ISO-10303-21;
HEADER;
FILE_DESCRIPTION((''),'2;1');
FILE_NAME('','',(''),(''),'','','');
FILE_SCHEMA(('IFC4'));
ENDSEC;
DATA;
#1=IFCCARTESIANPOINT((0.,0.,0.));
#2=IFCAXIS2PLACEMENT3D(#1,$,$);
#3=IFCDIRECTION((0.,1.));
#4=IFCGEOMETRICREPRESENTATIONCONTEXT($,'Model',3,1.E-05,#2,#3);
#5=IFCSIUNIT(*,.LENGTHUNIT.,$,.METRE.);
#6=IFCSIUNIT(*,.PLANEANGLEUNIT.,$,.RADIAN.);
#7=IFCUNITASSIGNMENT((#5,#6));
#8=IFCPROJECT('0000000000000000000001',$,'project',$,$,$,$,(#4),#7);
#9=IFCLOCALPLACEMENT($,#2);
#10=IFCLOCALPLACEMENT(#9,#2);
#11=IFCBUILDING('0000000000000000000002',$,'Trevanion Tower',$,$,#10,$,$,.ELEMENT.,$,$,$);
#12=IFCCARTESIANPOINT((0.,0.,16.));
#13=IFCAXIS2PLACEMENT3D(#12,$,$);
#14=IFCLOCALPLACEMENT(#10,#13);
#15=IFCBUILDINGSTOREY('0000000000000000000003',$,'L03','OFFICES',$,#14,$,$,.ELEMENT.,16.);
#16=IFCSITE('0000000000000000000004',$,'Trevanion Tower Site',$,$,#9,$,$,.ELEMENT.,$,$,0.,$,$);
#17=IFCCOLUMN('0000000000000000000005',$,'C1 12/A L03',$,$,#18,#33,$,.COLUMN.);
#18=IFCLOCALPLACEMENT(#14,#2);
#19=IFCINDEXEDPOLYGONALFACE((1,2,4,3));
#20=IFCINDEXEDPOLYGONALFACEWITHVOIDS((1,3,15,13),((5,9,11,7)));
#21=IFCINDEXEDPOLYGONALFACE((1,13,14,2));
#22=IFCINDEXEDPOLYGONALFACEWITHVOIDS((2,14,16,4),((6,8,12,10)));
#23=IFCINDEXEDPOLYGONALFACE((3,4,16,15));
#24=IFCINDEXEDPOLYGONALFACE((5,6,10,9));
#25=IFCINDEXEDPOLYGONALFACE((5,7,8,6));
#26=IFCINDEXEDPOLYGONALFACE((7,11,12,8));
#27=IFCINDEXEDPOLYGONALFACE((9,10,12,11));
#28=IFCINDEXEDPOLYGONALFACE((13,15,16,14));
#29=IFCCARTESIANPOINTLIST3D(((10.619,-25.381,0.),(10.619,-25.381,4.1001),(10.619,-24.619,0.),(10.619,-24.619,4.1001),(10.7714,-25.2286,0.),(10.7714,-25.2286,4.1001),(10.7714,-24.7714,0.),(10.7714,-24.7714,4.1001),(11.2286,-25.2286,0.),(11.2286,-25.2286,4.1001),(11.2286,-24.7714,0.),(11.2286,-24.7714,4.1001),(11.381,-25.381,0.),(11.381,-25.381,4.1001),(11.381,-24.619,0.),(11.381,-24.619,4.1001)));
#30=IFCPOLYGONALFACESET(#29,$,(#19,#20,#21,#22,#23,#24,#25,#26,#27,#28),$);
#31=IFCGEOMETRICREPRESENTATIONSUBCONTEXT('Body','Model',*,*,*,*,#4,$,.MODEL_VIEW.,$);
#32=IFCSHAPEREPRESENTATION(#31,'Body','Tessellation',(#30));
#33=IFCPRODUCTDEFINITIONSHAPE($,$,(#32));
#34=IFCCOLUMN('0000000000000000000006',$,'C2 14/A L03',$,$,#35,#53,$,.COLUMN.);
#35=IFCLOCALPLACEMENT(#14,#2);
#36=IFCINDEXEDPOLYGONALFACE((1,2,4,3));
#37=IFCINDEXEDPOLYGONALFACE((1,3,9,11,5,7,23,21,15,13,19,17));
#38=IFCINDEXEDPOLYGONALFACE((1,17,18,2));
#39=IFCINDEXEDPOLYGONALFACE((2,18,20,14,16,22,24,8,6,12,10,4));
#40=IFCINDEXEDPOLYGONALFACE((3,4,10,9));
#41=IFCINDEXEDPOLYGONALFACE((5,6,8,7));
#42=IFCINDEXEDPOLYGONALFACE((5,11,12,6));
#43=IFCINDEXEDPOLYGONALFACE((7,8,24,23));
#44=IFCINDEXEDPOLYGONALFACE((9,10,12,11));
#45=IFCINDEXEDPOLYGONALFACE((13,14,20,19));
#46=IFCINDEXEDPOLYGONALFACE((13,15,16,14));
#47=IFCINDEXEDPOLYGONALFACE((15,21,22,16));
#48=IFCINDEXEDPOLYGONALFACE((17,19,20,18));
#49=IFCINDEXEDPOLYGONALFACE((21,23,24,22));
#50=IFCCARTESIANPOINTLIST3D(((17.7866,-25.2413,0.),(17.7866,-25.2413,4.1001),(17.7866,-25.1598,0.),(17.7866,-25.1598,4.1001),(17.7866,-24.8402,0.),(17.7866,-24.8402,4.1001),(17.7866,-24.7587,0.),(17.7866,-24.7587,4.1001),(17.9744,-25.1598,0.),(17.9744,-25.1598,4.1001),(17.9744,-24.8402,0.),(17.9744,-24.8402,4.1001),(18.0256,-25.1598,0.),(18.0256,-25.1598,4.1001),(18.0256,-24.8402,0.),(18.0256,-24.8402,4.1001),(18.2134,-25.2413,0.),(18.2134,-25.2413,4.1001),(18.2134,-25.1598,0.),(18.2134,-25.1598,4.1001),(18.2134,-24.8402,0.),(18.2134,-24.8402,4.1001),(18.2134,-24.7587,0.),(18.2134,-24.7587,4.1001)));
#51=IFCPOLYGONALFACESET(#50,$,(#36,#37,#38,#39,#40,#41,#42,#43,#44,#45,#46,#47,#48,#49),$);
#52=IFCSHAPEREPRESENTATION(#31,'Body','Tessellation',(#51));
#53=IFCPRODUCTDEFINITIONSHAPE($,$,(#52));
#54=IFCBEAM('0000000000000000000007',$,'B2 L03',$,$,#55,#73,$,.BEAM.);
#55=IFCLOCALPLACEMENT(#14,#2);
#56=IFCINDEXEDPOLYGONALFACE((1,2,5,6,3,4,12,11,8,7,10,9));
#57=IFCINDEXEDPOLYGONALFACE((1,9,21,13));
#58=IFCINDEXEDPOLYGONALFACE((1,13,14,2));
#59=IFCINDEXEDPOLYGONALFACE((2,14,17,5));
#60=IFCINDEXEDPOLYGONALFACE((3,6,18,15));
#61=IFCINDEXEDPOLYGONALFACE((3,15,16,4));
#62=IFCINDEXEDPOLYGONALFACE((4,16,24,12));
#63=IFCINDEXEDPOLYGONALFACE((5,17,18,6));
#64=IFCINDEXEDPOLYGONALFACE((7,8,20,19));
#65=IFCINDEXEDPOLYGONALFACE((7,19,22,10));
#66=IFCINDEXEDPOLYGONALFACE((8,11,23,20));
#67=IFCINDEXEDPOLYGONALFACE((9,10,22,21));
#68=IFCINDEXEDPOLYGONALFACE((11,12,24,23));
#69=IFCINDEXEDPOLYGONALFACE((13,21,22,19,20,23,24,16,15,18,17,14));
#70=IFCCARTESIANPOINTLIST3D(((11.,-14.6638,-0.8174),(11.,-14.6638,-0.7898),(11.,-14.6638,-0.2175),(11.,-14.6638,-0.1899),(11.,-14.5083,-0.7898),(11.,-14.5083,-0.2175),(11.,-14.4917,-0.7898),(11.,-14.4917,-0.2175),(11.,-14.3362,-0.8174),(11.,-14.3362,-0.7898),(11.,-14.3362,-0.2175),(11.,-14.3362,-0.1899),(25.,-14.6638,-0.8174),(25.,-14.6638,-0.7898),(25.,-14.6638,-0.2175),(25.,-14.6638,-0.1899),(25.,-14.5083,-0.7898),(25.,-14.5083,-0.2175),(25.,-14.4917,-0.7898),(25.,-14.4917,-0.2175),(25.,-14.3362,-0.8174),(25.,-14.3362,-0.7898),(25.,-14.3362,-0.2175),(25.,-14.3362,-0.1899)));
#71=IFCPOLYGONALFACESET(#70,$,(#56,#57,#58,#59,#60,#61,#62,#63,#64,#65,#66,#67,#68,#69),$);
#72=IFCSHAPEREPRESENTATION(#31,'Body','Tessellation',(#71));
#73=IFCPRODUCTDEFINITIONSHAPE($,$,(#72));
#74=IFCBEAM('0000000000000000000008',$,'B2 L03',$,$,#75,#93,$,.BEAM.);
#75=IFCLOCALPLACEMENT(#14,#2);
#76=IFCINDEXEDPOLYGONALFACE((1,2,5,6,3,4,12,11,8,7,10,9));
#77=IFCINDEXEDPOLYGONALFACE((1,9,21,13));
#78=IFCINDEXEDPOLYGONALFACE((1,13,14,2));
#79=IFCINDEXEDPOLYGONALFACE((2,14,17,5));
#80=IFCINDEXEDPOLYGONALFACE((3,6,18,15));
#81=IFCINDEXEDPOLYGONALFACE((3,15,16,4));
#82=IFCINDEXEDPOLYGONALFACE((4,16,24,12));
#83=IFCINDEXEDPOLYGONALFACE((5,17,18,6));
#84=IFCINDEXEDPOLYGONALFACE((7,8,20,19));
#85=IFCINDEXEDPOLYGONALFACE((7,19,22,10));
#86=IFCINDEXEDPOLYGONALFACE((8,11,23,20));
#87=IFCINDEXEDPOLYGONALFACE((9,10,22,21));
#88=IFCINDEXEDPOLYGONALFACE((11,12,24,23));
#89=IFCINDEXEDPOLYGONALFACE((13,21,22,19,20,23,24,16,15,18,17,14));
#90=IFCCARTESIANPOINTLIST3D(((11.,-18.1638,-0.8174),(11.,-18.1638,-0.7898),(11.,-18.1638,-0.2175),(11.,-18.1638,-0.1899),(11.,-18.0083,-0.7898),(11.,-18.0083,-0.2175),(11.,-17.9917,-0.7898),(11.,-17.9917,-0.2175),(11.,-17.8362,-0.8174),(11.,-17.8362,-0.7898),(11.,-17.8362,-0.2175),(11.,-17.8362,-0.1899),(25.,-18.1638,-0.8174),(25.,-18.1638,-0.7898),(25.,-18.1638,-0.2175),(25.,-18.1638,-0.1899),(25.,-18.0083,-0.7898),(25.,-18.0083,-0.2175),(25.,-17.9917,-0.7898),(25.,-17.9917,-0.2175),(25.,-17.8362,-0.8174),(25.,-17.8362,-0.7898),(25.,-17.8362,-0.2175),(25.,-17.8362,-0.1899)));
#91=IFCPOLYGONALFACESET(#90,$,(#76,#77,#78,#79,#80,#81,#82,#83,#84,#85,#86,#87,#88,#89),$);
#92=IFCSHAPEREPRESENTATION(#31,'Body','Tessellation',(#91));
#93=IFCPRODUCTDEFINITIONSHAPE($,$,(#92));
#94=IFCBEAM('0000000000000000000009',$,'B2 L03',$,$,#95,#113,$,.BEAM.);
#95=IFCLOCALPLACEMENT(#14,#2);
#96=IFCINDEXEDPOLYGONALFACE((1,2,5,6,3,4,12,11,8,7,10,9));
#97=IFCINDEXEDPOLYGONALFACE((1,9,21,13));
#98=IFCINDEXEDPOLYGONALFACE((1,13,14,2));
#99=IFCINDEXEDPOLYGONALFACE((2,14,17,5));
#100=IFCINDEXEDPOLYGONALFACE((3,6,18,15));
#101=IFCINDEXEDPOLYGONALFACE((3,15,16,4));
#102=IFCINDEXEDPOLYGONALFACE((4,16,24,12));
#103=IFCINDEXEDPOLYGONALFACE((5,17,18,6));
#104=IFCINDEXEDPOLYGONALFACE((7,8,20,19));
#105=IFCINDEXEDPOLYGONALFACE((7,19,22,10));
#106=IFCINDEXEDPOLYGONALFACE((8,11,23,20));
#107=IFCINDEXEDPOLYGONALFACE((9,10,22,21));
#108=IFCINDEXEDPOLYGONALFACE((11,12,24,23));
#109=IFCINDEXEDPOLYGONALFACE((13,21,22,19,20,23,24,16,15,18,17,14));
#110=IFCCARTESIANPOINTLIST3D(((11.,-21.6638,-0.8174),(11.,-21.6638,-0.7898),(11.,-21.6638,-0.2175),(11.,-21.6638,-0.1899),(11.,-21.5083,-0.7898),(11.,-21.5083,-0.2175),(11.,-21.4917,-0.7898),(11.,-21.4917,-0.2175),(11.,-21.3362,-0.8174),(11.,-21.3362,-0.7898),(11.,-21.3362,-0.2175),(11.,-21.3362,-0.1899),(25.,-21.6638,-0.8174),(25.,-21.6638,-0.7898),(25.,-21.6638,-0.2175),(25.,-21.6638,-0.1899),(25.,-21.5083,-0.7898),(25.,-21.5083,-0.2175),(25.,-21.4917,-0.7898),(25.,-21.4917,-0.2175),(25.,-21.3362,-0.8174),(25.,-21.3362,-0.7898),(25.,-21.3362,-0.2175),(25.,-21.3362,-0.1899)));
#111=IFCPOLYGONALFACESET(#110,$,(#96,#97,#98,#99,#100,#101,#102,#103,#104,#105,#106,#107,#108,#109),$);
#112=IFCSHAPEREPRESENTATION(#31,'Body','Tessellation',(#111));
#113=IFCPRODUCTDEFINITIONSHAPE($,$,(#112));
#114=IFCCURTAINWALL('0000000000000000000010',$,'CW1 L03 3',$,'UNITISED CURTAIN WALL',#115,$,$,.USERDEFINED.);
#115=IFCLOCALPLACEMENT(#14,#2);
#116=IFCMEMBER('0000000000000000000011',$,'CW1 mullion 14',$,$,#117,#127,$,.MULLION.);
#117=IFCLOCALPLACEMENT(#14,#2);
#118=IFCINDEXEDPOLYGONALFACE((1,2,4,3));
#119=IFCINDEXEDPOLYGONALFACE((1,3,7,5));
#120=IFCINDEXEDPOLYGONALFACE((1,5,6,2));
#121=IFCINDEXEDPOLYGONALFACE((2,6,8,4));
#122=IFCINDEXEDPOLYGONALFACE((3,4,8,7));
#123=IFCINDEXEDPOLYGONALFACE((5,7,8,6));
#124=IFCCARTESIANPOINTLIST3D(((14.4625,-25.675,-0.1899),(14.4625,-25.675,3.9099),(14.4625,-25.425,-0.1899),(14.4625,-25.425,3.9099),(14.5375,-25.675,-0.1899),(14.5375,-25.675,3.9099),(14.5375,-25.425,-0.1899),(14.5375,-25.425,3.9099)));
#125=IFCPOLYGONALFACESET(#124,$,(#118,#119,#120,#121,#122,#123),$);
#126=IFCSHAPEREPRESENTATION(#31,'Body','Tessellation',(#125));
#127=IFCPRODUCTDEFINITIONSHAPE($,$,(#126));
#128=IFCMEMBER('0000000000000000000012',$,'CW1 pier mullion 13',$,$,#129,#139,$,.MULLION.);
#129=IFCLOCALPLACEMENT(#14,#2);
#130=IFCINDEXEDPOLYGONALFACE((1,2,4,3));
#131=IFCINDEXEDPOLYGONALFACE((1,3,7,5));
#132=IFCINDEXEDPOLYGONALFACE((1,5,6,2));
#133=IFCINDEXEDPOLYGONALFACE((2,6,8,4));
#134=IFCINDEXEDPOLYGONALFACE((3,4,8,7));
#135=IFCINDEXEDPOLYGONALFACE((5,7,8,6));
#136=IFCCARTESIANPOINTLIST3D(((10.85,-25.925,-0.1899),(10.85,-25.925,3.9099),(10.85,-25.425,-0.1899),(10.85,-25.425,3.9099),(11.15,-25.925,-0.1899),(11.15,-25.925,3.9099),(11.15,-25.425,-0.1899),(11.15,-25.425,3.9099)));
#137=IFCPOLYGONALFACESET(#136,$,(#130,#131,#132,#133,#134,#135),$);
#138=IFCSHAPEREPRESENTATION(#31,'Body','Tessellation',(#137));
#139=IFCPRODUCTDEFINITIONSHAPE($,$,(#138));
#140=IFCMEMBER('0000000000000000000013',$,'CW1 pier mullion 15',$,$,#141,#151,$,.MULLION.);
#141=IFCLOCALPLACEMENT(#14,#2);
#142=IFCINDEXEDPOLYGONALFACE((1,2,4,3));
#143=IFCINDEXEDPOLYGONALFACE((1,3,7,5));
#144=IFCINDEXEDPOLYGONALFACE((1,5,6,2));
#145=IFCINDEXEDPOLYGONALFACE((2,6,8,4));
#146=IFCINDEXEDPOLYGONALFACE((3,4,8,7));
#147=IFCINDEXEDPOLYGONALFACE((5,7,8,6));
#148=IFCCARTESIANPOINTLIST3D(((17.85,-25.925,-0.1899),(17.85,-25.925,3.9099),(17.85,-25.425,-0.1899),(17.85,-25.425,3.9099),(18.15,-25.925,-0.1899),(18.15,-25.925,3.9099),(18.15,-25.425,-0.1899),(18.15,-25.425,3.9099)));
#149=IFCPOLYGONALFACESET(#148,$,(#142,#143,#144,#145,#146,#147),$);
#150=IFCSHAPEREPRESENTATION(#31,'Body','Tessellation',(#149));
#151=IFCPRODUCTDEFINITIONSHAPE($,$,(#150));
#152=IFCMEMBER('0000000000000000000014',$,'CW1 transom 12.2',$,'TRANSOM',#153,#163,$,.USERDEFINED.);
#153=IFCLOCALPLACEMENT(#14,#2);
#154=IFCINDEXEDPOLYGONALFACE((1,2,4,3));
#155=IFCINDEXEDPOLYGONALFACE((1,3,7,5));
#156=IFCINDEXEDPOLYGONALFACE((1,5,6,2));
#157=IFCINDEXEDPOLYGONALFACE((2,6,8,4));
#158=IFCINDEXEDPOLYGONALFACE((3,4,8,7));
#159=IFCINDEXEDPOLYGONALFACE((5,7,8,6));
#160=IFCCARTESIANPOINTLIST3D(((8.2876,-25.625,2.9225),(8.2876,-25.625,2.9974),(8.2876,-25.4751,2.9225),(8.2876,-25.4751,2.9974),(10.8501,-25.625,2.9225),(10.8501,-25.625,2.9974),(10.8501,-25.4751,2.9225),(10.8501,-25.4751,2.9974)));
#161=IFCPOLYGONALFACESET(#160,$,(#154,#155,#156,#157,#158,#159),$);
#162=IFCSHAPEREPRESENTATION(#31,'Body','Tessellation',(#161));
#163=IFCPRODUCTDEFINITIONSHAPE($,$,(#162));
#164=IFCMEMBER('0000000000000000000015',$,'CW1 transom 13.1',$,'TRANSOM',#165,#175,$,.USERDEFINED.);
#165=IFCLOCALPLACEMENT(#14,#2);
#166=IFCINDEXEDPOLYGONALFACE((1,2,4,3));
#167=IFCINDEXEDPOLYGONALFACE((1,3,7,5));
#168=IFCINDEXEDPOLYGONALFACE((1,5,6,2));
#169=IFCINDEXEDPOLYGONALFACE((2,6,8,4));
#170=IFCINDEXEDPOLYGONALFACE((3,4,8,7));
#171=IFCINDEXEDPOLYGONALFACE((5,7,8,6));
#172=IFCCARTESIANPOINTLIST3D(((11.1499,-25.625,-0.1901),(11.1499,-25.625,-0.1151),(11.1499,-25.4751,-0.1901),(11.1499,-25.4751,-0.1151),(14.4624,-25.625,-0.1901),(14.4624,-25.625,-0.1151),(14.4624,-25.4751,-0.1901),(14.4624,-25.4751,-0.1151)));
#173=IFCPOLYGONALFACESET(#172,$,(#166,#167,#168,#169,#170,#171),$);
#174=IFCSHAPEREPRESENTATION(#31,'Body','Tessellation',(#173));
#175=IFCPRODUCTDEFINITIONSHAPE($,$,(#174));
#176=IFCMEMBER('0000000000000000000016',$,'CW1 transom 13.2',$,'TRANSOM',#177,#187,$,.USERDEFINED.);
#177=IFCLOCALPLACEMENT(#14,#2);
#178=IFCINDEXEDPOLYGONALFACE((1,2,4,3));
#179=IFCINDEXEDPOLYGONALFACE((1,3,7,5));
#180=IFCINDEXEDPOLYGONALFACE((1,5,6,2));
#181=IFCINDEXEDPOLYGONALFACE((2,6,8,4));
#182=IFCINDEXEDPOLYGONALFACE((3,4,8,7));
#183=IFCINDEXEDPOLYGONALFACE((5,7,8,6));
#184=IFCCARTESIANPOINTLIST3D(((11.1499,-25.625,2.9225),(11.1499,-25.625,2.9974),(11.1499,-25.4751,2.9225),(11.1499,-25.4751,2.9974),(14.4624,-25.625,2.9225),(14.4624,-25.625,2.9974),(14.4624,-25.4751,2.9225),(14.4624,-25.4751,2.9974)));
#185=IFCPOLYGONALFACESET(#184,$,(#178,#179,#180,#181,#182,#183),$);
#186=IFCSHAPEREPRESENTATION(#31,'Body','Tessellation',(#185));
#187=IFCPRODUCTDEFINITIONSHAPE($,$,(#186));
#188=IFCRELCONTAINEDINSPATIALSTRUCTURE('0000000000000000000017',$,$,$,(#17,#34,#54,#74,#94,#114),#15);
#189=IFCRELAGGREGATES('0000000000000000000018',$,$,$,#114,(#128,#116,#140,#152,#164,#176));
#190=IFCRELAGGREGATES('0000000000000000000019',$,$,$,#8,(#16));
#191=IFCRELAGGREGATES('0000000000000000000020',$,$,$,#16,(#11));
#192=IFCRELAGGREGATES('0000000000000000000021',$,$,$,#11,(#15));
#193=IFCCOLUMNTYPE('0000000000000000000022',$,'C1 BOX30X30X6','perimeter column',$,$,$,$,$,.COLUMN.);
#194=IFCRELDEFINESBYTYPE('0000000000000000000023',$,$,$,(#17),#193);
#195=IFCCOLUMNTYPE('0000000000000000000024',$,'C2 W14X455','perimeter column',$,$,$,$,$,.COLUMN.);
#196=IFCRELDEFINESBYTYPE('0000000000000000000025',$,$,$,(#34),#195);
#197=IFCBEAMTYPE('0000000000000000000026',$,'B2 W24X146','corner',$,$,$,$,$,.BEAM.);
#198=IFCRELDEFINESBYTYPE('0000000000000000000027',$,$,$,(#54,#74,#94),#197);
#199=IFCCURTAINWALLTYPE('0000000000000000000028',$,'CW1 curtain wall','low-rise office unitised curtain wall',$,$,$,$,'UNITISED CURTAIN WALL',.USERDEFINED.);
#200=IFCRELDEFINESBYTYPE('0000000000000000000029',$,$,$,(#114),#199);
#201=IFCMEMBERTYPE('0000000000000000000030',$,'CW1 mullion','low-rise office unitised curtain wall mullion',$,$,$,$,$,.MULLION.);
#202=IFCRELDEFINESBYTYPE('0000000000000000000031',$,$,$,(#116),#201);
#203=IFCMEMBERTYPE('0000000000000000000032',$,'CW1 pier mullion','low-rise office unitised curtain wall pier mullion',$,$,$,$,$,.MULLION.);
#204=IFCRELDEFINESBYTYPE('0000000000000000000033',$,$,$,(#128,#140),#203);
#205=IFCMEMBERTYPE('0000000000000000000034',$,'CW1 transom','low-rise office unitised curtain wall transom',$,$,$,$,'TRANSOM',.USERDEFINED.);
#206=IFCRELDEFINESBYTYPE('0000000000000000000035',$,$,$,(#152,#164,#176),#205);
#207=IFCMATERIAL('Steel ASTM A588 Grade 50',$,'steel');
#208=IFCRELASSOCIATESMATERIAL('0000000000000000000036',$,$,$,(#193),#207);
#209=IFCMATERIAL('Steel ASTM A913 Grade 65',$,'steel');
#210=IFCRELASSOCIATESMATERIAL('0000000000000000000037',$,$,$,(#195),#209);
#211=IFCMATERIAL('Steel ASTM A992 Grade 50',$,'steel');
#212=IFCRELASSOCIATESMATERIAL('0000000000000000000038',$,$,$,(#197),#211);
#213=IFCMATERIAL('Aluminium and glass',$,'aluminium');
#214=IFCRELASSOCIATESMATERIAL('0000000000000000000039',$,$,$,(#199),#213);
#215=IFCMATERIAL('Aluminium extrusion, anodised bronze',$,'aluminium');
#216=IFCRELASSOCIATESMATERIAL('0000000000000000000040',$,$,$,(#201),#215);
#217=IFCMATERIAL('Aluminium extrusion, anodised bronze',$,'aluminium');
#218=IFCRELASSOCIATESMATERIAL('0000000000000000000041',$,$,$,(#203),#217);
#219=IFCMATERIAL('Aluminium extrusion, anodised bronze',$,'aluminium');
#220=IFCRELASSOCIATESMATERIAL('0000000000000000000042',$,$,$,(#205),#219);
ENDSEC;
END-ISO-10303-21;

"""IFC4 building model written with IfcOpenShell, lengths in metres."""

from ifc_helpers import new_model, si_unit, direction, frame, origin, origin_2d, place, context, subcontext, project, spatial, rectangle, hollow_rectangle, i_section, extrude, material, material_profile, profile_set, type_object, element, aggregate, save


model = new_model("IFC4")

# Units and contexts
model_context = context("Model", 3, precision=1e-05, world=origin(), true_north=direction((0.0, 1.0)))
body_context = subcontext(model_context, "Body", "Model", "MODEL_VIEW")
ifc_project = project(units=[si_unit("LENGTHUNIT", "METRE"), si_unit("PLANEANGLEUNIT", "RADIAN")], contexts=[model_context])

# Site, building, storey
site_placement = place(None, origin())
site = spatial("IfcSite", under=ifc_project, at=site_placement, Name="Trevanion Tower Site", CompositionType="ELEMENT", RefElevation=0.0)
building_placement = place(site_placement, origin())
building = spatial("IfcBuilding", under=site, at=building_placement, Name="Trevanion Tower", CompositionType="ELEMENT")
storey_placement = place(building_placement, frame((0.0, 0.0, 16.0)))
storey = spatial("IfcBuildingStorey", under=building, at=storey_placement, Name="L03", Description="OFFICES", CompositionType="ELEMENT", Elevation=16.0)

# Columns
ifc_material_1 = material(Name="Steel ASTM A588 Grade 50", Category="steel")
ifc_material_profile_1 = material_profile(ifc_material_1, hollow_rectangle(XDim=0.762, YDim=0.762, WallThickness=0.1523, at=origin_2d()), Name="BOX30X30X6")
ifc_profile_set_1 = profile_set([ifc_material_profile_1], Name="Steel ASTM A588 Grade 50")
column_type_1 = type_object("IfcColumnType", Name="C1 BOX30X30X6", Description="perimeter column", PredefinedType="COLUMN", material=ifc_profile_set_1)
column_1_placement = place(storey_placement, frame((11.0, -25.0, 0.0), z_axis=(0.0, 0.0, 1.0), x_axis=(1.0, 0.0, 0.0)))
element("IfcColumn", 1, at=column_1_placement, inside=storey, type_object=column_type_1, Name="C1 12/A L03", PredefinedType="COLUMN", context=body_context, shape_type="SweptSolid", body=[
    extrude(hollow_rectangle(XDim=0.762, YDim=0.762, WallThickness=0.1523, at=origin_2d()), origin(), (0.0, 0.0, 1.0), 4.1001),
])
ifc_material_2 = material(Name="Steel ASTM A913 Grade 65", Category="steel")
ifc_material_profile_2 = material_profile(ifc_material_2, i_section(OverallWidth=0.4268, OverallDepth=0.4827, WebThickness=0.0513, FlangeThickness=0.0815, at=origin_2d()), Name="W14X455")
ifc_profile_set_2 = profile_set([ifc_material_profile_2], Name="Steel ASTM A913 Grade 65")
column_type_2 = type_object("IfcColumnType", Name="C2 W14X455", Description="perimeter column", PredefinedType="COLUMN", material=ifc_profile_set_2)
column_2_placement = place(storey_placement, frame((18.0, -25.0, 0.0), z_axis=(0.0, 0.0, 1.0), x_axis=(1.0, 0.0, 0.0)))
element("IfcColumn", 2, at=column_2_placement, inside=storey, type_object=column_type_2, Name="C2 14/A L03", PredefinedType="COLUMN", context=body_context, shape_type="SweptSolid", body=[
    extrude(i_section(OverallWidth=0.4268, OverallDepth=0.4827, WebThickness=0.0513, FlangeThickness=0.0815, at=origin_2d()), origin(), (0.0, 0.0, 1.0), 4.1001),
])

# Beams
ifc_material_3 = material(Name="Steel ASTM A992 Grade 50", Category="steel")
ifc_material_profile_3 = material_profile(ifc_material_3, i_section(OverallWidth=0.3276, OverallDepth=0.6274, WebThickness=0.0166, FlangeThickness=0.0276, at=origin_2d()), Name="W24X146")
ifc_profile_set_3 = profile_set([ifc_material_profile_3], Name="Steel ASTM A992 Grade 50")
beam_type_1 = type_object("IfcBeamType", Name="B2 W24X146", Description="corner", PredefinedType="BEAM", material=ifc_profile_set_3)
for number, where, z_axis, x_axis, name in (
    (3, (11.0, -14.5, -0.5037), (1.0, 0.0, 0.0), (0.0, 1.0, 0.0), "B2 L03"),
    (4, (11.0, -18.0, -0.5037), (1.0, 0.0, 0.0), (0.0, 1.0, 0.0), "B2 L03"),
    (5, (11.0, -21.5, -0.5037), (1.0, 0.0, 0.0), (0.0, 1.0, 0.0), "B2 L03"),
):
    element("IfcBeam", number, at=place(storey_placement, frame(where, z_axis=z_axis, x_axis=x_axis)), inside=storey, type_object=beam_type_1, Name=name, PredefinedType="BEAM", context=body_context, shape_type="SweptSolid", body=[
        extrude(i_section(OverallWidth=0.3276, OverallDepth=0.6274, WebThickness=0.0166, FlangeThickness=0.0276, at=origin_2d()), origin(), (0.0, 0.0, 1.0), 14.0),
    ])

# Curtain wall, members
ifc_material_4 = material(Name="Aluminium and glass", Category="aluminium")
curtain_wall_type = type_object("IfcCurtainWallType", Name="CW1 curtain wall", Description="low-rise office unitised curtain wall", ElementType="UNITISED CURTAIN WALL", PredefinedType="USERDEFINED", material=ifc_material_4)
curtain_wall_placement = place(storey_placement, origin())
curtain_wall = element("IfcCurtainWall", 6, at=curtain_wall_placement, inside=storey, type_object=curtain_wall_type, Name="CW1 L03 3", ObjectType="UNITISED CURTAIN WALL", PredefinedType="USERDEFINED")
ifc_material_5 = material(Name="Aluminium extrusion, anodised bronze", Category="aluminium")
ifc_material_profile_4 = material_profile(ifc_material_5, rectangle(XDim=0.075, YDim=0.25, at=origin_2d()), Name="CW1 mullion")
ifc_profile_set_4 = profile_set([ifc_material_profile_4], Name="Aluminium extrusion, anodised bronze")
member_type_1 = type_object("IfcMemberType", Name="CW1 mullion", Description="low-rise office unitised curtain wall mullion", PredefinedType="MULLION", material=ifc_profile_set_4)
member_1_placement = place(storey_placement, frame((14.5, -25.55, -0.1899), z_axis=(0.0, 0.0, 1.0), x_axis=(1.0, 0.0, 0.0)))
member_1 = element("IfcMember", 7, at=member_1_placement, type_object=member_type_1, Name="CW1 mullion 14", PredefinedType="MULLION", context=body_context, shape_type="SweptSolid", body=[
    extrude(rectangle(XDim=0.075, YDim=0.25, at=origin_2d()), origin(), (0.0, 0.0, 1.0), 4.0999),
])
ifc_material_6 = material(Name="Aluminium extrusion, anodised bronze", Category="aluminium")
ifc_material_profile_5 = material_profile(ifc_material_6, rectangle(XDim=0.3, YDim=0.5, at=origin_2d()), Name="CW1 pier mullion")
ifc_profile_set_5 = profile_set([ifc_material_profile_5], Name="Aluminium extrusion, anodised bronze")
member_type_2 = type_object("IfcMemberType", Name="CW1 pier mullion", Description="low-rise office unitised curtain wall pier mullion", PredefinedType="MULLION", material=ifc_profile_set_5)
member_2_placement = place(storey_placement, frame((11.0, -25.675, -0.1899), z_axis=(0.0, 0.0, 1.0), x_axis=(1.0, 0.0, 0.0)))
member_2 = element("IfcMember", 8, at=member_2_placement, type_object=member_type_2, Name="CW1 pier mullion 13", PredefinedType="MULLION", context=body_context, shape_type="SweptSolid", body=[
    extrude(rectangle(XDim=0.3, YDim=0.5, at=origin_2d()), origin(), (0.0, 0.0, 1.0), 4.0999),
])
member_3_placement = place(storey_placement, frame((18.0, -25.675, -0.1899), z_axis=(0.0, 0.0, 1.0), x_axis=(1.0, 0.0, 0.0)))
member_3 = element("IfcMember", 9, at=member_3_placement, type_object=member_type_2, Name="CW1 pier mullion 15", PredefinedType="MULLION", context=body_context, shape_type="SweptSolid", body=[
    extrude(rectangle(XDim=0.3, YDim=0.5, at=origin_2d()), origin(), (0.0, 0.0, 1.0), 4.0999),
])
ifc_material_7 = material(Name="Aluminium extrusion, anodised bronze", Category="aluminium")
ifc_material_profile_6 = material_profile(ifc_material_7, rectangle(XDim=0.1499, YDim=0.075, at=origin_2d()), Name="CW1 transom")
ifc_profile_set_6 = profile_set([ifc_material_profile_6], Name="Aluminium extrusion, anodised bronze")
member_type_3 = type_object("IfcMemberType", Name="CW1 transom", Description="low-rise office unitised curtain wall transom", ElementType="TRANSOM", PredefinedType="USERDEFINED", material=ifc_profile_set_6)
member_4_placement = place(storey_placement, frame((8.2876, -25.55, 2.96), z_axis=(1.0, 0.0, 0.0), x_axis=(0.0, 1.0, 0.0)))
member_4 = element("IfcMember", 10, at=member_4_placement, type_object=member_type_3, Name="CW1 transom 12.2", ObjectType="TRANSOM", PredefinedType="USERDEFINED", context=body_context, shape_type="SweptSolid", body=[
    extrude(rectangle(XDim=0.1499, YDim=0.075, at=origin_2d()), origin(), (0.0, 0.0, 1.0), 2.5625),
])
member_5_placement = place(storey_placement, frame((11.1499, -25.55, -0.1526), z_axis=(1.0, 0.0, 0.0), x_axis=(0.0, 1.0, 0.0)))
member_5 = element("IfcMember", 11, at=member_5_placement, type_object=member_type_3, Name="CW1 transom 13.1", ObjectType="TRANSOM", PredefinedType="USERDEFINED", context=body_context, shape_type="SweptSolid", body=[
    extrude(rectangle(XDim=0.1499, YDim=0.075, at=origin_2d()), origin(), (0.0, 0.0, 1.0), 3.3125),
])
member_6_placement = place(storey_placement, frame((11.1499, -25.55, 2.96), z_axis=(1.0, 0.0, 0.0), x_axis=(0.0, 1.0, 0.0)))
member_6 = element("IfcMember", 12, at=member_6_placement, type_object=member_type_3, Name="CW1 transom 13.2", ObjectType="TRANSOM", PredefinedType="USERDEFINED", context=body_context, shape_type="SweptSolid", body=[
    extrude(rectangle(XDim=0.1499, YDim=0.075, at=origin_2d()), origin(), (0.0, 0.0, 1.0), 3.3125),
])

aggregate(curtain_wall, [member_2, member_1, member_3, member_4, member_5, member_6])

save(model, "model.ifc")
